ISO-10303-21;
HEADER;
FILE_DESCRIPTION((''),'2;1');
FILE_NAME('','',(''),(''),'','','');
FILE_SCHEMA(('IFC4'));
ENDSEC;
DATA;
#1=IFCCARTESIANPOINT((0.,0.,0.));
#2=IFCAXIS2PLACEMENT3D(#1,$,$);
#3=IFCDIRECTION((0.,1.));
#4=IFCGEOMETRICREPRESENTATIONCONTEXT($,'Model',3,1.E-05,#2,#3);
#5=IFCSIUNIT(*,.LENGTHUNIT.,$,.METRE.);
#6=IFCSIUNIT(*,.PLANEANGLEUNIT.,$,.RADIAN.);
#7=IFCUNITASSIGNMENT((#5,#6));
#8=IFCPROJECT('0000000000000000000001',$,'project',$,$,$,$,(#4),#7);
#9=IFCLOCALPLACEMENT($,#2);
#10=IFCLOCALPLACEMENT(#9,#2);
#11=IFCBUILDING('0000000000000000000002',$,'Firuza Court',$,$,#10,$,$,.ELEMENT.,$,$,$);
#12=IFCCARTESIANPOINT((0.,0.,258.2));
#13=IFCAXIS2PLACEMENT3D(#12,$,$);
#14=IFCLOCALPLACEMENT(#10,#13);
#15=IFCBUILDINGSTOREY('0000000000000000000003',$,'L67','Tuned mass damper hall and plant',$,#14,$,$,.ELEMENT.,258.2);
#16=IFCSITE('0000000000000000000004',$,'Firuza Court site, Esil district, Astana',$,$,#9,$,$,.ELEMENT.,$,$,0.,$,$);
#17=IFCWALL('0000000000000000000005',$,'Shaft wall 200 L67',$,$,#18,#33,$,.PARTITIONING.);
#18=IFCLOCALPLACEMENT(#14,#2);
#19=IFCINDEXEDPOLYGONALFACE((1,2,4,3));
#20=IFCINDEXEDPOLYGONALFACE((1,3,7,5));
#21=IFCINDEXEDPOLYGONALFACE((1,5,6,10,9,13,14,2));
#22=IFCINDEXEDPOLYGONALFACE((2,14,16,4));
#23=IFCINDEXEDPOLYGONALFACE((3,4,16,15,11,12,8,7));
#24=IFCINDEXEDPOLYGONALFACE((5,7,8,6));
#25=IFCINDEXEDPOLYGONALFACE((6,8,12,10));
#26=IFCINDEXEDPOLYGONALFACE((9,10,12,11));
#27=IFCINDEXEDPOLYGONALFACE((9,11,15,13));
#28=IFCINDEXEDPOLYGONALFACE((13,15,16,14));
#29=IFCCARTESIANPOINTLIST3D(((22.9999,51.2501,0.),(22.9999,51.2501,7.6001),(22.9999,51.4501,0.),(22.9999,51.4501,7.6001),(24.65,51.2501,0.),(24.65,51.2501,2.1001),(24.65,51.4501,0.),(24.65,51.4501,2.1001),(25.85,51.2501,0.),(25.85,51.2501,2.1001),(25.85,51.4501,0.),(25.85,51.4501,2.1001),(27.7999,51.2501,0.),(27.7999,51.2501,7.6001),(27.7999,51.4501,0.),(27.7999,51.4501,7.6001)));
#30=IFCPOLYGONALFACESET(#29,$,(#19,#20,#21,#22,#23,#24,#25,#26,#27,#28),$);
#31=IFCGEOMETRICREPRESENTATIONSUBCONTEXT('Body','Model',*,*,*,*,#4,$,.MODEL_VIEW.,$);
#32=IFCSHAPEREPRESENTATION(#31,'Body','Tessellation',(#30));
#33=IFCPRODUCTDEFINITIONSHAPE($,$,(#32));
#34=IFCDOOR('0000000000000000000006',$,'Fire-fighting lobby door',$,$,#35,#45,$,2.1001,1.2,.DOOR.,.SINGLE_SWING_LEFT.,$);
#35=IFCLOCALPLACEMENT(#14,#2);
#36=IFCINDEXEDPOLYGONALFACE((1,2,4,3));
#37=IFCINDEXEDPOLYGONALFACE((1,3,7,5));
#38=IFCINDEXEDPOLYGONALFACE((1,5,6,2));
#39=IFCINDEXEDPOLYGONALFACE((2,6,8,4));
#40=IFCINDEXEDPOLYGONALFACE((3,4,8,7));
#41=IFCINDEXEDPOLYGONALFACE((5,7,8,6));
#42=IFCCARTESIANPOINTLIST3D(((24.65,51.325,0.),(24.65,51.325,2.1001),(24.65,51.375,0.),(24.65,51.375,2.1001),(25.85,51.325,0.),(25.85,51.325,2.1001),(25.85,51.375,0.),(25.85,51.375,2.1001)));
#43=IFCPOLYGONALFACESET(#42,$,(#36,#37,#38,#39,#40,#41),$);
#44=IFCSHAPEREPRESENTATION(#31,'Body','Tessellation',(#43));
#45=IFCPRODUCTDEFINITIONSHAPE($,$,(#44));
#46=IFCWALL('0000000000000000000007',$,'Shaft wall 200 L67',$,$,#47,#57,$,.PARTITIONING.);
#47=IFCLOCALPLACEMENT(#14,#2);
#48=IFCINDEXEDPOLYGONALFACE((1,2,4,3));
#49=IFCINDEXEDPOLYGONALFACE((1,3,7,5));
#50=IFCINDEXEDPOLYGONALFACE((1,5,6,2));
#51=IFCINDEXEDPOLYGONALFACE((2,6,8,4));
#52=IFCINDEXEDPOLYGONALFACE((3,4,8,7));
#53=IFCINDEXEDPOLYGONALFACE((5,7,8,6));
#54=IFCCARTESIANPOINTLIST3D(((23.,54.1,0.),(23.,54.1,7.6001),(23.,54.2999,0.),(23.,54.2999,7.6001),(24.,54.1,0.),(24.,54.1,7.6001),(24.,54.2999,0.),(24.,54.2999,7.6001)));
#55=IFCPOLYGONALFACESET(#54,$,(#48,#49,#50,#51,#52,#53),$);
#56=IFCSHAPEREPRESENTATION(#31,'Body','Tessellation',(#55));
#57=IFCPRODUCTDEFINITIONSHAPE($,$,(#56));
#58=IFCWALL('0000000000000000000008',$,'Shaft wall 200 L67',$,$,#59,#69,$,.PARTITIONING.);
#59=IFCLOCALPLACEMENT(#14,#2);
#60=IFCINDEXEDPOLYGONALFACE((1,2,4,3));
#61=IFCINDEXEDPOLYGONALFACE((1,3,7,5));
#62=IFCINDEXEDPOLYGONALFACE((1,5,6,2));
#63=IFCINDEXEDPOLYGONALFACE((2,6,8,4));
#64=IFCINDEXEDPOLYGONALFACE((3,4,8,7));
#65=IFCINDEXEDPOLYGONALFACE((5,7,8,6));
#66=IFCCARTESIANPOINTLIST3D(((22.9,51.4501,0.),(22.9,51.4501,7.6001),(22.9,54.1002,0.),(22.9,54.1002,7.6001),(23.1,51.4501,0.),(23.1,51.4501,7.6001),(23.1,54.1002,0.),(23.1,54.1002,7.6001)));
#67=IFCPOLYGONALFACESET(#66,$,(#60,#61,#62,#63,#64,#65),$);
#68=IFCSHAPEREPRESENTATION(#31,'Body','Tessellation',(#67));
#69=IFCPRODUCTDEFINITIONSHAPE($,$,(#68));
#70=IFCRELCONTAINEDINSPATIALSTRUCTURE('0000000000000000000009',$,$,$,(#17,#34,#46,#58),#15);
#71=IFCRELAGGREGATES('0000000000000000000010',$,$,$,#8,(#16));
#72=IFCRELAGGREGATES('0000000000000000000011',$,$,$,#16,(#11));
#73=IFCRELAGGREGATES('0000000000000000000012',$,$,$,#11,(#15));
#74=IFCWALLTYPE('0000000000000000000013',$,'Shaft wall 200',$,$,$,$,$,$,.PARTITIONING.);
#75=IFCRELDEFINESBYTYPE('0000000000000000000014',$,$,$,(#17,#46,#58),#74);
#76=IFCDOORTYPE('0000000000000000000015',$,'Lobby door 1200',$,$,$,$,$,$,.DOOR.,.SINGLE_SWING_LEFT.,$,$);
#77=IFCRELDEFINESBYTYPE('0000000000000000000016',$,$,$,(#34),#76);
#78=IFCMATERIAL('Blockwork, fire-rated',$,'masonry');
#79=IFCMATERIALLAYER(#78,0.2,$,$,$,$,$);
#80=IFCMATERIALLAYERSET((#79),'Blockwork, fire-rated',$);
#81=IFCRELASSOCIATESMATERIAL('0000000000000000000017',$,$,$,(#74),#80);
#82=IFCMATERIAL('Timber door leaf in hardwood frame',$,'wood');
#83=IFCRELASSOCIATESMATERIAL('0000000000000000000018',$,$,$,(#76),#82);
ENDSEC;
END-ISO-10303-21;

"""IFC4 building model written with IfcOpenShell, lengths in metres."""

from ifc_helpers import new_model, si_unit, direction, frame, frame_2d, origin, place, context, subcontext, project, spatial, rectangle, extrude, material, layer, layer_set, type_object, element, fill, save


model = new_model("IFC4")

# Units and contexts
model_context = context("Model", 3, precision=1e-05, world=origin(), true_north=direction((0.0, 1.0)))
body_context = subcontext(model_context, "Body", "Model", "MODEL_VIEW")
ifc_project = project(units=[si_unit("LENGTHUNIT", "METRE"), si_unit("PLANEANGLEUNIT", "RADIAN")], contexts=[model_context])

# Site, building, storey
site_placement = place(None, origin())
site = spatial("IfcSite", under=ifc_project, at=site_placement, Name="Firuza Court site, Esil district, Astana", CompositionType="ELEMENT", RefElevation=0.0)
building_placement = place(site_placement, origin())
building = spatial("IfcBuilding", under=site, at=building_placement, Name="Firuza Court", CompositionType="ELEMENT")
storey_placement = place(building_placement, frame((0.0, 0.0, 258.2)))
storey = spatial("IfcBuildingStorey", under=building, at=storey_placement, Name="L67", Description="Tuned mass damper hall and plant", CompositionType="ELEMENT", Elevation=258.2)

# Shared definitions
ifc_material_1 = material(Name="Blockwork, fire-rated", Category="masonry")

# Wall, opening, door
ifc_layer_1 = layer(ifc_material_1, 0.2)
ifc_layer_set_1 = layer_set([ifc_layer_1], Name="Blockwork, fire-rated")
wall_type_1 = type_object("IfcWallType", Name="Shaft wall 200", PredefinedType="PARTITIONING", material=ifc_layer_set_1)
wall_1_placement = place(storey_placement, frame((23.0, 51.3501, 0.0), z_axis=(0.0, 0.0, 1.0), x_axis=(1.0, 0.0, 0.0)))
wall_1 = element("IfcWall", 1, at=wall_1_placement, inside=storey, type_object=wall_type_1, Name="Shaft wall 200 L67", PredefinedType="PARTITIONING", context=body_context, shape_type="SweptSolid", body=[
    extrude(rectangle(XDim=4.8, YDim=0.2, at=frame_2d((2.3999, 0.0))), origin(), (0.0, 0.0, 1.0), 7.6001),
])
opening_1_placement = place(wall_1_placement, frame((1.6499, 0.0, 0.0)))
opening_1 = element("IfcOpeningElement", 2, at=opening_1_placement, cuts=wall_1, PredefinedType="OPENING", context=body_context, shape_type="SweptSolid", body=[
    extrude(rectangle(XDim=1.2, YDim=2.1001, at=frame_2d((0.6001, 1.05))), frame((0.0, 0.1118, 0.0), z_axis=(0.0, -1.0, 0.0), x_axis=(1.0, 0.0, 0.0)), (0.0, 0.0, 1.0), 0.2239),
])
ifc_material_2 = material(Name="Timber door leaf in hardwood frame", Category="wood")
door_type_1 = type_object("IfcDoorType", Name="Lobby door 1200", OperationType="SINGLE_SWING_LEFT", PredefinedType="DOOR", material=ifc_material_2)
door_1_placement = place(opening_1_placement, origin())
door_1 = element("IfcDoor", 3, at=door_1_placement, inside=storey, type_object=door_type_1, Name="Fire-fighting lobby door", OperationType="SINGLE_SWING_LEFT", OverallHeight=2.1001, OverallWidth=1.2, PredefinedType="DOOR", context=body_context, shape_type="SweptSolid", body=[
    extrude(rectangle(XDim=1.2, YDim=2.1001, at=frame_2d((0.6001, 1.05))), frame((0.0, 0.0249, 0.0), z_axis=(0.0, -1.0, 0.0), x_axis=(1.0, 0.0, 0.0)), (0.0, 0.0, 1.0), 0.05),
])
fill(opening_1, door_1)

# Walls
wall_2_placement = place(storey_placement, frame((23.0, 54.2, 0.0), z_axis=(0.0, 0.0, 1.0), x_axis=(1.0, 0.0, 0.0)))
element("IfcWall", 4, at=wall_2_placement, inside=storey, type_object=wall_type_1, Name="Shaft wall 200 L67", PredefinedType="PARTITIONING", context=body_context, shape_type="SweptSolid", body=[
    extrude(rectangle(XDim=1.0, YDim=0.2, at=frame_2d((0.5, 0.0))), origin(), (0.0, 0.0, 1.0), 7.6001),
])
wall_3_placement = place(storey_placement, frame((23.0, 51.45, 0.0), z_axis=(0.0, 0.0, 1.0), x_axis=(0.0, 1.0, 0.0)))
element("IfcWall", 5, at=wall_3_placement, inside=storey, type_object=wall_type_1, Name="Shaft wall 200 L67", PredefinedType="PARTITIONING", context=body_context, shape_type="SweptSolid", body=[
    extrude(rectangle(XDim=2.6501, YDim=0.2, at=frame_2d((1.3252, 0.0))), origin(), (0.0, 0.0, 1.0), 7.6001),
])

save(model, "model.ifc")
